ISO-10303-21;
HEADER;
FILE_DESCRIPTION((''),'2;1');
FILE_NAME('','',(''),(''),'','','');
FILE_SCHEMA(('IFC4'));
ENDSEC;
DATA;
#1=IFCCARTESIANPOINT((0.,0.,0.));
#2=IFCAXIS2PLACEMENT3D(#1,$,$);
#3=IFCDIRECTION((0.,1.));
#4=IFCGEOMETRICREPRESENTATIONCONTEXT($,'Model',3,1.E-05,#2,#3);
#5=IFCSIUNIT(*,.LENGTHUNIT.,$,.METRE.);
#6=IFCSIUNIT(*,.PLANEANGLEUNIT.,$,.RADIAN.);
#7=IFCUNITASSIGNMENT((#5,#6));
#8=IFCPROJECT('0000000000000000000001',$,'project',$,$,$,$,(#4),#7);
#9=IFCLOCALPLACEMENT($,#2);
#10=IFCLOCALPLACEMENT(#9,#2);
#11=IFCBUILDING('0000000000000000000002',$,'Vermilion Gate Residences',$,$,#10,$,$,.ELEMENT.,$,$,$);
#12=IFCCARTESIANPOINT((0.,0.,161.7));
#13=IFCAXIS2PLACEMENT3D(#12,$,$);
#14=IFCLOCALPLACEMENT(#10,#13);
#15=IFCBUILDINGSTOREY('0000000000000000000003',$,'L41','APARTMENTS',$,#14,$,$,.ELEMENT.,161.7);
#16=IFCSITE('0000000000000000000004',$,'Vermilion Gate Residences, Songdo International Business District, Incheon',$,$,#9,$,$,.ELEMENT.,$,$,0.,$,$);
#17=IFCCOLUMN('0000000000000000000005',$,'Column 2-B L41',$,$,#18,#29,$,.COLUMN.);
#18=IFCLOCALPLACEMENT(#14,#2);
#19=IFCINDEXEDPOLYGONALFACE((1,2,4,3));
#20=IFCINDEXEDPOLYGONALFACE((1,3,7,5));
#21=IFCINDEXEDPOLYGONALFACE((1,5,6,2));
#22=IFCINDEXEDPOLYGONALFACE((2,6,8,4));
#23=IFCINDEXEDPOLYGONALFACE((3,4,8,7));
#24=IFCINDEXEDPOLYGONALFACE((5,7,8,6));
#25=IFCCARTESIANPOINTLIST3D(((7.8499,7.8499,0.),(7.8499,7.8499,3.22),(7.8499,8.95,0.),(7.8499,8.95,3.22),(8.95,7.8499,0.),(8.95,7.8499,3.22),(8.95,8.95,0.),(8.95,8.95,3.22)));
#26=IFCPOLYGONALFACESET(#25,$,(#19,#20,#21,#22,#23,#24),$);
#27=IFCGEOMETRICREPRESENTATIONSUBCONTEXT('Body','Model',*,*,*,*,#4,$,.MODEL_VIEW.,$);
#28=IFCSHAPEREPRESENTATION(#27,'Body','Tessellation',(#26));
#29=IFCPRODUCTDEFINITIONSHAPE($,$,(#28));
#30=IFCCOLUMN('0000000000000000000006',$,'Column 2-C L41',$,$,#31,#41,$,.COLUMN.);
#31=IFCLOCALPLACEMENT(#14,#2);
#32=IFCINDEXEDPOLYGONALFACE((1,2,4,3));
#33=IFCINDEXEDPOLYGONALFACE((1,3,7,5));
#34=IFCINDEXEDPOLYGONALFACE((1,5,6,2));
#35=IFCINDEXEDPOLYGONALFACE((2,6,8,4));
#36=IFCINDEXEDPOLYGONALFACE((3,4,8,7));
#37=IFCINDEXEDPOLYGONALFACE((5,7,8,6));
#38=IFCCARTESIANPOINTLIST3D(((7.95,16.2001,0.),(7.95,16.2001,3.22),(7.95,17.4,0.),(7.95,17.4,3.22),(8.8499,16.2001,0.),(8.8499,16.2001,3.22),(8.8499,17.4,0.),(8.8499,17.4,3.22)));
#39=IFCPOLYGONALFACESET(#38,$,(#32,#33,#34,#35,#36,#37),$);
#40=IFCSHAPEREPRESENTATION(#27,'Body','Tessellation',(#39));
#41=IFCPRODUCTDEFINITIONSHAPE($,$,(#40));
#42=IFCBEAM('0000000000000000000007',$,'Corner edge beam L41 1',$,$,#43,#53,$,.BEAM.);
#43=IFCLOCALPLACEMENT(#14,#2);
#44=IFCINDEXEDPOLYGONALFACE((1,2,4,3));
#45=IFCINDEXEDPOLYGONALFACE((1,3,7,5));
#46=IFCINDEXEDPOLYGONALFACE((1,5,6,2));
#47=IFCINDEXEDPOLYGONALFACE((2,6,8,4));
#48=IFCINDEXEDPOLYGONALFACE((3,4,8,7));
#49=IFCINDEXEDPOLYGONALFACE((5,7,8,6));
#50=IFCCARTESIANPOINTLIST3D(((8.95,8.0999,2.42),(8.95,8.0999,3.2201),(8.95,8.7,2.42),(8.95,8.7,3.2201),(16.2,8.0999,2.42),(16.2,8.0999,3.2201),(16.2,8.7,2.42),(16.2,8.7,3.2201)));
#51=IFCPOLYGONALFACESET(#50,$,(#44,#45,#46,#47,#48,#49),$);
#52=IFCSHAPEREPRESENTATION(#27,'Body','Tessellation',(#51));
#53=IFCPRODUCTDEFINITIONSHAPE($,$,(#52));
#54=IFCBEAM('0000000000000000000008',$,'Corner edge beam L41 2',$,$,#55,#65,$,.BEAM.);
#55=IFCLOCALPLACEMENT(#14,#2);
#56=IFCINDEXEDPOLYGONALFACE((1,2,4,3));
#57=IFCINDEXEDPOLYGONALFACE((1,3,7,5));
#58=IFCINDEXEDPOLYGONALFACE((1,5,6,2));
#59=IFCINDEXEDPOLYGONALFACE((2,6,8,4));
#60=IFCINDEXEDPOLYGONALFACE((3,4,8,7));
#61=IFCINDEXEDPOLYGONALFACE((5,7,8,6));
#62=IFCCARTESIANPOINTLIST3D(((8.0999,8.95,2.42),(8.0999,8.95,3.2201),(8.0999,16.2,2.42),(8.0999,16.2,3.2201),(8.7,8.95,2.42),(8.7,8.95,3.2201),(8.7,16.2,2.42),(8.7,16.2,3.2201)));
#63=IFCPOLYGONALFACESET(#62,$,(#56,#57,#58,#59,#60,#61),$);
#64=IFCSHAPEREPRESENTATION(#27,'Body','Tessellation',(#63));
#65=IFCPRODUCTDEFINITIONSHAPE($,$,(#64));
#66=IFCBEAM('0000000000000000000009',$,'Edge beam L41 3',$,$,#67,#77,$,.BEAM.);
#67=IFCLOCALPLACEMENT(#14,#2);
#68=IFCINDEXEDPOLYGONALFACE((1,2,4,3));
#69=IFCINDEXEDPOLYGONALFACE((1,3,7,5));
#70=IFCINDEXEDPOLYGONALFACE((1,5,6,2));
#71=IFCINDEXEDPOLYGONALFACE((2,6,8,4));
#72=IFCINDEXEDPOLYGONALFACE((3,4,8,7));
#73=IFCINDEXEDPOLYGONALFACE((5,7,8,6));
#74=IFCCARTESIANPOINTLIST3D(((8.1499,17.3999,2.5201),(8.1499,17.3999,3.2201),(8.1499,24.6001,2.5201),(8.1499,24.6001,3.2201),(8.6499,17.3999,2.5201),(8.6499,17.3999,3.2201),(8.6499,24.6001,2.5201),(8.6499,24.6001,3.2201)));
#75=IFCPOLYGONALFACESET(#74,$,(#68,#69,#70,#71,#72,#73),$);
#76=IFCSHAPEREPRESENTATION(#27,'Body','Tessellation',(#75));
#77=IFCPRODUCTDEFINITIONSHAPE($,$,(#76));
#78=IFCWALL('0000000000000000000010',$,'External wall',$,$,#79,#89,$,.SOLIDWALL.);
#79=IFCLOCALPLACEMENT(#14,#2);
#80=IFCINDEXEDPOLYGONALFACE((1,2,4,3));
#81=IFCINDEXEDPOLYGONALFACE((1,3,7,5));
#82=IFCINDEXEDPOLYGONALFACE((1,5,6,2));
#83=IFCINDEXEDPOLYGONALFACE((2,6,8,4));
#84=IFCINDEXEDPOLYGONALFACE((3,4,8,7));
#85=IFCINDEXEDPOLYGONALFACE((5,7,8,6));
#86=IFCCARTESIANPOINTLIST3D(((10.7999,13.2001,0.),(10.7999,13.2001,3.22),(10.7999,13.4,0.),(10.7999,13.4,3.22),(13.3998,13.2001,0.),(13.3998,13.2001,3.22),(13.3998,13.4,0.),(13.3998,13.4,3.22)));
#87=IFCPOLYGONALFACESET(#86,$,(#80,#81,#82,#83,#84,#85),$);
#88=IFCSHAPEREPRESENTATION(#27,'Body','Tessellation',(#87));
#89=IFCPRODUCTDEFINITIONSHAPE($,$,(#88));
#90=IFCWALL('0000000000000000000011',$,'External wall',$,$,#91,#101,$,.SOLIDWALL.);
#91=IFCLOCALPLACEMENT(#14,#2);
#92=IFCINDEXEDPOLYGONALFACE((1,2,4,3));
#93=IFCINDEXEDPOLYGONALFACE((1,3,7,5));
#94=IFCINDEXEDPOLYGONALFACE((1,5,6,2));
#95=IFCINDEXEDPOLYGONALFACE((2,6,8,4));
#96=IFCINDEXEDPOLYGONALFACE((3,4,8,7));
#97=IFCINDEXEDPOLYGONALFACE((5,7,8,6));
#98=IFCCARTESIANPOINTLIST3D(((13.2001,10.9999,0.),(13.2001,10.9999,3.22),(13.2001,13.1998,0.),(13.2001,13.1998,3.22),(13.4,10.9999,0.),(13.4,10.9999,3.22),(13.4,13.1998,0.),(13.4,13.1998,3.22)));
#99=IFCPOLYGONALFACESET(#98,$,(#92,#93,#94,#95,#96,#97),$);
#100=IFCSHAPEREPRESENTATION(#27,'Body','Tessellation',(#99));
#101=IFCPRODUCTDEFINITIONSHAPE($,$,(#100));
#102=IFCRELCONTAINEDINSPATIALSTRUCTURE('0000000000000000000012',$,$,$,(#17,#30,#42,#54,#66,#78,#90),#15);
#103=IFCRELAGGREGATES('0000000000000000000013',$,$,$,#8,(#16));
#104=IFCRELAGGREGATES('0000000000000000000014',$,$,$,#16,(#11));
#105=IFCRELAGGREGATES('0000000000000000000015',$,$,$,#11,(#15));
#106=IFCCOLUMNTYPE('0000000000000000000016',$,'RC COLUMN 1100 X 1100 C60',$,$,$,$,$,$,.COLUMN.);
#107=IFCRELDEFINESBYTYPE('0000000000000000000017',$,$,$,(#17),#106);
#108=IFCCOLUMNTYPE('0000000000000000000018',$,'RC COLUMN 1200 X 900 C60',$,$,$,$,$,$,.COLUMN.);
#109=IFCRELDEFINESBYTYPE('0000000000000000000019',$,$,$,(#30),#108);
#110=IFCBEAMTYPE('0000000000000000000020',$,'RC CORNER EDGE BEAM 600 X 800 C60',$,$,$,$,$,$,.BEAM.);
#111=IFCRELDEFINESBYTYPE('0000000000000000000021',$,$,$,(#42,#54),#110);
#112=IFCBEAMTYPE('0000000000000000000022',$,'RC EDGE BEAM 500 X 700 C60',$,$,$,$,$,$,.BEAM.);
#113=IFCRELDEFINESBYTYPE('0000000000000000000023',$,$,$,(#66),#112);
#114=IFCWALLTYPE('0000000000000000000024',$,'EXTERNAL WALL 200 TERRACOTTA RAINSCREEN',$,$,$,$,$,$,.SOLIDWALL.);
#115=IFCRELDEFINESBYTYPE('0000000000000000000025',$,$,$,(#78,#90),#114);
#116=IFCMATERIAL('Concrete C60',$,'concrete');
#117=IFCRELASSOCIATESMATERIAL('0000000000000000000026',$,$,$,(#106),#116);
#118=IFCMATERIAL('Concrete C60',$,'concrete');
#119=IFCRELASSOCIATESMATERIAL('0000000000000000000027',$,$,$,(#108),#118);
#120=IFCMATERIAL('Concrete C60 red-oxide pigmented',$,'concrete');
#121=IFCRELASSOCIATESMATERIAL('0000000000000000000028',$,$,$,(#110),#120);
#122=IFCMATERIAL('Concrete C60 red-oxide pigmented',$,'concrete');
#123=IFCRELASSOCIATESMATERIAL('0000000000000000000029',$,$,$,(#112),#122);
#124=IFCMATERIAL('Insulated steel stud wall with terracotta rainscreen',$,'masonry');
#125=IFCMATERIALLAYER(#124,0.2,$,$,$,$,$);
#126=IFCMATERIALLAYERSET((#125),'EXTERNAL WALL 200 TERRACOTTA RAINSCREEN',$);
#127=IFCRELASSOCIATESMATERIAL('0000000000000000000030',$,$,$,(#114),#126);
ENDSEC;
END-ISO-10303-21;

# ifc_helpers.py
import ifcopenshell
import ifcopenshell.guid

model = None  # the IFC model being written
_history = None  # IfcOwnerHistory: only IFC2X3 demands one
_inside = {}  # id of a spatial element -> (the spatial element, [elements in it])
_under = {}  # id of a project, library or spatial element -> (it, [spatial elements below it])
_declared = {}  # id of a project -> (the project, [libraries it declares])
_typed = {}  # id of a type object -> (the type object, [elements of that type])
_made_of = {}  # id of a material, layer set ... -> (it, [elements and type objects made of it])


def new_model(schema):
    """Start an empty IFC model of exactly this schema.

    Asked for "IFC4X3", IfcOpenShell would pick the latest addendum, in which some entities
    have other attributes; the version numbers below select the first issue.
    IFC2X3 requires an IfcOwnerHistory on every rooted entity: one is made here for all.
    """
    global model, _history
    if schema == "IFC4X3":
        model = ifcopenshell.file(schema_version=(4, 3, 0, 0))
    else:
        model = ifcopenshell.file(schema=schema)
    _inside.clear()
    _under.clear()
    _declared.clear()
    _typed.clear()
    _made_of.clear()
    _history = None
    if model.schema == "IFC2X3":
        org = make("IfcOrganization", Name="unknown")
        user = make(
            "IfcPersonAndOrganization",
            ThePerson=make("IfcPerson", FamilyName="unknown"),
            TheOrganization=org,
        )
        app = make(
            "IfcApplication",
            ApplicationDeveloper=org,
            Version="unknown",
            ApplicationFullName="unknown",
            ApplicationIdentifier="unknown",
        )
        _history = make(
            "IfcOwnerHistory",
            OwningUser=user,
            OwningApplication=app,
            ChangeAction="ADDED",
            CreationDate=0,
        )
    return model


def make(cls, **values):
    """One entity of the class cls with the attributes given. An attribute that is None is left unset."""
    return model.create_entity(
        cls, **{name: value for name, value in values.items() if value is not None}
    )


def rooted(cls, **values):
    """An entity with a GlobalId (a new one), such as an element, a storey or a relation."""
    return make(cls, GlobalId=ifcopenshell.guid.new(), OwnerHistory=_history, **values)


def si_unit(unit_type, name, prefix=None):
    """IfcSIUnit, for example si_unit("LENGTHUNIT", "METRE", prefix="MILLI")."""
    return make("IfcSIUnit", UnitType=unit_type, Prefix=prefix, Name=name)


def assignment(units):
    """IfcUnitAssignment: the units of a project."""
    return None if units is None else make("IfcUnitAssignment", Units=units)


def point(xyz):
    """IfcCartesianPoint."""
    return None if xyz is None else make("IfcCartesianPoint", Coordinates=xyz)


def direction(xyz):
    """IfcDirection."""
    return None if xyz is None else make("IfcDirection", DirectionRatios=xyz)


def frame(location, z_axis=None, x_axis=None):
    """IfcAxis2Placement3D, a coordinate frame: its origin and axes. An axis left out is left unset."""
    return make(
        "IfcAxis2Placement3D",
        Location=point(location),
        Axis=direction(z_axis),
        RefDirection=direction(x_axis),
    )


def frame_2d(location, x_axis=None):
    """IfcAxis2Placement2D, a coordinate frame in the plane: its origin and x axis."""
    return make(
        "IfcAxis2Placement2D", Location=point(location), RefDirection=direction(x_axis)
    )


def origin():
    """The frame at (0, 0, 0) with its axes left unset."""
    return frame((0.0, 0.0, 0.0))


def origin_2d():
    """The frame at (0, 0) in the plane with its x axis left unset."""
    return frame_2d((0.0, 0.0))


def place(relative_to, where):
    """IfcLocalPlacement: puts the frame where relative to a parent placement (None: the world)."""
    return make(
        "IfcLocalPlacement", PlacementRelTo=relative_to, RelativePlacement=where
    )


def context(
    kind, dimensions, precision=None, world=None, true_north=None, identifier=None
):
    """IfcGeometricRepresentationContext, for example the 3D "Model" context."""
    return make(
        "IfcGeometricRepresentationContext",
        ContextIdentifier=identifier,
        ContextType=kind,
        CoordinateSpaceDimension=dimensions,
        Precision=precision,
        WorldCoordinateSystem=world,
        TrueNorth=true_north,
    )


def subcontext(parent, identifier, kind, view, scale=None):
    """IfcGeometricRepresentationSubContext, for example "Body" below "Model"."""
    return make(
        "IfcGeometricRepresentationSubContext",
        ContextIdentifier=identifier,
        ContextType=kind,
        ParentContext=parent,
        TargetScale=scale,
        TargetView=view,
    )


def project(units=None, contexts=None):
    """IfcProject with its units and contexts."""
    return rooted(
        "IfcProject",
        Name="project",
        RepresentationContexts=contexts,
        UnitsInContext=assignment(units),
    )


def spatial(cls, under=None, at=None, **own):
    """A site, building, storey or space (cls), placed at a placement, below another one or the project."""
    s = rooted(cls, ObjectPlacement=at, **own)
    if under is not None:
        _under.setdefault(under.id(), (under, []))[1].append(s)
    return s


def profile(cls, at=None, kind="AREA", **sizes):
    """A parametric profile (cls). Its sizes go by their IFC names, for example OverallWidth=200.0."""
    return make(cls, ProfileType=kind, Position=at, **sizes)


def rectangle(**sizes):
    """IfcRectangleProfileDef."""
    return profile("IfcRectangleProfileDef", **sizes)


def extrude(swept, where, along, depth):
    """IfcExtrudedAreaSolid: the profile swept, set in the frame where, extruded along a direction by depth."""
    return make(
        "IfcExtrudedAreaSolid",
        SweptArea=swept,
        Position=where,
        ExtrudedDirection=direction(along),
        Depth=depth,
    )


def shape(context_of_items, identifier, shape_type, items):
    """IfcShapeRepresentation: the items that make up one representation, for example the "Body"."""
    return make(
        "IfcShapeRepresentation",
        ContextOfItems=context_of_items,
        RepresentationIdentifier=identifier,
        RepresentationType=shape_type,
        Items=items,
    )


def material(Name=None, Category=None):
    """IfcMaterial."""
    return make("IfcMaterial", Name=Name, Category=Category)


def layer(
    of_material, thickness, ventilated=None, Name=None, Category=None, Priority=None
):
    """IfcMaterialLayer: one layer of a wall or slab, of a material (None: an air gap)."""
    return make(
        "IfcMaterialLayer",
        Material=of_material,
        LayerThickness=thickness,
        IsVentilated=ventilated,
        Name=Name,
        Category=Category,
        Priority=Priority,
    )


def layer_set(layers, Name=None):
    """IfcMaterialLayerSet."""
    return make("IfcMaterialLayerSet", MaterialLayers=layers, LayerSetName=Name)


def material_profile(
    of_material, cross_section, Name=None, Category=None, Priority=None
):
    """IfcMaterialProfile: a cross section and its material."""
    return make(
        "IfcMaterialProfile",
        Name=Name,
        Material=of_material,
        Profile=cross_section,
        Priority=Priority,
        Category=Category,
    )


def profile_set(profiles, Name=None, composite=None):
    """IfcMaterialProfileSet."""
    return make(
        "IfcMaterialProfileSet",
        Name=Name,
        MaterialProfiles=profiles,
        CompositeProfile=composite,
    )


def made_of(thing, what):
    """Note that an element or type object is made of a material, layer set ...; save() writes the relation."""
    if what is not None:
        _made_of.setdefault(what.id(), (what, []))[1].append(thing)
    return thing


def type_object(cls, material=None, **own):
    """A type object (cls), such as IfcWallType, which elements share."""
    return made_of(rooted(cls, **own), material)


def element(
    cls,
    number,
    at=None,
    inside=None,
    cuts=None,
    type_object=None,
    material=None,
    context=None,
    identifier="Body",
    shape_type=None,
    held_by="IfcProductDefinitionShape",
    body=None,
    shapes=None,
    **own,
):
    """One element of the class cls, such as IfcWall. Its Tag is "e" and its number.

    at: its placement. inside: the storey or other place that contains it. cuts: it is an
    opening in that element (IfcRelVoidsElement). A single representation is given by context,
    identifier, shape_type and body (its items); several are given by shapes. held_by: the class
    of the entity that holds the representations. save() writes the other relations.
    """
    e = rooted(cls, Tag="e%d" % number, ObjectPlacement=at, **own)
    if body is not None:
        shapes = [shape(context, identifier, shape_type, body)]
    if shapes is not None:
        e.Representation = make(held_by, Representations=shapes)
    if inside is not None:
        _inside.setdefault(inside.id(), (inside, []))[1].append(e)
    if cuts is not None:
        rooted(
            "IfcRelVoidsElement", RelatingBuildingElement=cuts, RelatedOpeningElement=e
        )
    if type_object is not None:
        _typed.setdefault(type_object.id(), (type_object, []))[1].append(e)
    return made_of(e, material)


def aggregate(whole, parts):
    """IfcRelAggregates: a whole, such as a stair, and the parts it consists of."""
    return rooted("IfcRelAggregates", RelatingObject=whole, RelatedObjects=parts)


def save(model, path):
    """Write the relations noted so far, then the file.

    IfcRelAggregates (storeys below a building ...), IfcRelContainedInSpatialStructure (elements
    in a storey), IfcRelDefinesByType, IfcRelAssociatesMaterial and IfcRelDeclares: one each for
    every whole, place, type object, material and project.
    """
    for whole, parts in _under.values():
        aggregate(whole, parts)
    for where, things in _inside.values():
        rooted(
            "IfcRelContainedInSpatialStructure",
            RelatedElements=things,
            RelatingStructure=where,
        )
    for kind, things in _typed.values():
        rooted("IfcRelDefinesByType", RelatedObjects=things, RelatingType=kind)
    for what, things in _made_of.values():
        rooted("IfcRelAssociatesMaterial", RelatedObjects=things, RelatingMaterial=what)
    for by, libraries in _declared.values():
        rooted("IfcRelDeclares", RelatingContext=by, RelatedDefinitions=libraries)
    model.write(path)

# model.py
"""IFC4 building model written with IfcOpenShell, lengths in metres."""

from ifc_helpers import new_model, si_unit, direction, frame, frame_2d, origin, origin_2d, place, context, subcontext, project, spatial, rectangle, extrude, material, layer, layer_set, material_profile, profile_set, type_object, element, save


model = new_model("IFC4")

# Units and contexts
model_context = context("Model", 3, precision=1e-05, world=origin(), true_north=direction((0.0, 1.0)))
body_context = subcontext(model_context, "Body", "Model", "MODEL_VIEW")
ifc_project = project(units=[si_unit("LENGTHUNIT", "METRE"), si_unit("PLANEANGLEUNIT", "RADIAN")], contexts=[model_context])

# Site, building, storey
site_placement = place(None, origin())
site = spatial("IfcSite", under=ifc_project, at=site_placement, Name="Vermilion Gate Residences, Songdo International Business District, Incheon", CompositionType="ELEMENT", RefElevation=0.0)
building_placement = place(site_placement, origin())
building = spatial("IfcBuilding", under=site, at=building_placement, Name="Vermilion Gate Residences", CompositionType="ELEMENT")
storey_placement = place(building_placement, frame((0.0, 0.0, 161.7)))
storey = spatial("IfcBuildingStorey", under=building, at=storey_placement, Name="L41", Description="APARTMENTS", CompositionType="ELEMENT", Elevation=161.7)

# Columns
ifc_material_1 = material(Name="Concrete C60", Category="concrete")
ifc_material_profile_1 = material_profile(ifc_material_1, rectangle(XDim=1.1001, YDim=1.1001, at=origin_2d()), Name="RC-1100x1100")
ifc_profile_set_1 = profile_set([ifc_material_profile_1], Name="Concrete C60")
column_type_1 = type_object("IfcColumnType", Name="RC COLUMN 1100 X 1100 C60", PredefinedType="COLUMN", material=ifc_profile_set_1)
column_1_placement = place(storey_placement, frame((8.3999, 8.3999, 0.0), z_axis=(0.0, 0.0, 1.0), x_axis=(1.0, 0.0, 0.0)))
element("IfcColumn", 1, at=column_1_placement, inside=storey, type_object=column_type_1, Name="Column 2-B L41", PredefinedType="COLUMN", context=body_context, shape_type="SweptSolid", body=[
    extrude(rectangle(XDim=1.1001, YDim=1.1001, at=origin_2d()), origin(), (0.0, 0.0, 1.0), 3.22),
])
ifc_material_2 = material(Name="Concrete C60", Category="concrete")
ifc_material_profile_2 = material_profile(ifc_material_2, rectangle(XDim=1.2, YDim=0.8999, at=origin_2d()), Name="RC-1200x900")
ifc_profile_set_2 = profile_set([ifc_material_profile_2], Name="Concrete C60")
column_type_2 = type_object("IfcColumnType", Name="RC COLUMN 1200 X 900 C60", PredefinedType="COLUMN", material=ifc_profile_set_2)
column_2_placement = place(storey_placement, frame((8.3999, 16.8, 0.0), z_axis=(0.0, 0.0, 1.0), x_axis=(0.0, 1.0, 0.0)))
element("IfcColumn", 2, at=column_2_placement, inside=storey, type_object=column_type_2, Name="Column 2-C L41", PredefinedType="COLUMN", context=body_context, shape_type="SweptSolid", body=[
    extrude(rectangle(XDim=1.2, YDim=0.8999, at=origin_2d()), origin(), (0.0, 0.0, 1.0), 3.22),
])

# Beams
ifc_material_3 = material(Name="Concrete C60 red-oxide pigmented", Category="concrete")
ifc_material_profile_3 = material_profile(ifc_material_3, rectangle(XDim=0.6001, YDim=0.8, at=origin_2d()), Name="RC-600x800")
ifc_profile_set_3 = profile_set([ifc_material_profile_3], Name="Concrete C60 red-oxide pigmented")
beam_type_1 = type_object("IfcBeamType", Name="RC CORNER EDGE BEAM 600 X 800 C60", PredefinedType="BEAM", material=ifc_profile_set_3)
for number, where, z_axis, x_axis, name in (
    (3, (8.95, 8.3999, 2.8201), (1.0, 0.0, 0.0), (0.0, 1.0, 0.0), "Corner edge beam L41 1"),
    (4, (8.3999, 8.95, 2.8201), (0.0, 1.0, 0.0), (-1.0, 0.0, 0.0), "Corner edge beam L41 2"),
):
    element("IfcBeam", number, at=place(storey_placement, frame(where, z_axis=z_axis, x_axis=x_axis)), inside=storey, type_object=beam_type_1, Name=name, PredefinedType="BEAM", context=body_context, shape_type="SweptSolid", body=[
        extrude(rectangle(XDim=0.6001, YDim=0.8, at=origin_2d()), origin(), (0.0, 0.0, 1.0), 7.25),
    ])
ifc_material_4 = material(Name="Concrete C60 red-oxide pigmented", Category="concrete")
ifc_material_profile_4 = material_profile(ifc_material_4, rectangle(XDim=0.5, YDim=0.7, at=origin_2d()), Name="RC-500x700")
ifc_profile_set_4 = profile_set([ifc_material_profile_4], Name="Concrete C60 red-oxide pigmented")
beam_type_2 = type_object("IfcBeamType", Name="RC EDGE BEAM 500 X 700 C60", PredefinedType="BEAM", material=ifc_profile_set_4)
beam_placement = place(storey_placement, frame((8.3999, 17.3999, 2.8701), z_axis=(0.0, 1.0, 0.0), x_axis=(-1.0, 0.0, 0.0)))
element("IfcBeam", 5, at=beam_placement, inside=storey, type_object=beam_type_2, Name="Edge beam L41 3", PredefinedType="BEAM", context=body_context, shape_type="SweptSolid", body=[
    extrude(rectangle(XDim=0.5, YDim=0.7, at=origin_2d()), origin(), (0.0, 0.0, 1.0), 7.2002),
])

# Walls
ifc_material_5 = material(Name="Insulated steel stud wall with terracotta rainscreen", Category="masonry")
ifc_layer_1 = layer(ifc_material_5, 0.2)
ifc_layer_set_1 = layer_set([ifc_layer_1], Name="EXTERNAL WALL 200 TERRACOTTA RAINSCREEN")
wall_type_1 = type_object("IfcWallType", Name="EXTERNAL WALL 200 TERRACOTTA RAINSCREEN", PredefinedType="SOLIDWALL", material=ifc_layer_set_1)
wall_1_placement = place(storey_placement, frame((10.8, 13.3, 0.0), z_axis=(0.0, 0.0, 1.0), x_axis=(1.0, 0.0, 0.0)))
element("IfcWall", 6, at=wall_1_placement, inside=storey, type_object=wall_type_1, Name="External wall", PredefinedType="SOLIDWALL", context=body_context, shape_type="SweptSolid", body=[
    extrude(rectangle(XDim=2.5999, YDim=0.2, at=frame_2d((1.2998, 0.0))), origin(), (0.0, 0.0, 1.0), 3.22),
])
wall_2_placement = place(storey_placement, frame((13.3, 13.2, 0.0), z_axis=(0.0, 0.0, 1.0), x_axis=(0.0, -1.0, 0.0)))
element("IfcWall", 7, at=wall_2_placement, inside=storey, type_object=wall_type_1, Name="External wall", PredefinedType="SOLIDWALL", context=body_context, shape_type="SweptSolid", body=[
    extrude(rectangle(XDim=2.2, YDim=0.2, at=frame_2d((1.1001, 0.0))), origin(), (0.0, 0.0, 1.0), 3.22),
])

save(model, "model.ifc")
